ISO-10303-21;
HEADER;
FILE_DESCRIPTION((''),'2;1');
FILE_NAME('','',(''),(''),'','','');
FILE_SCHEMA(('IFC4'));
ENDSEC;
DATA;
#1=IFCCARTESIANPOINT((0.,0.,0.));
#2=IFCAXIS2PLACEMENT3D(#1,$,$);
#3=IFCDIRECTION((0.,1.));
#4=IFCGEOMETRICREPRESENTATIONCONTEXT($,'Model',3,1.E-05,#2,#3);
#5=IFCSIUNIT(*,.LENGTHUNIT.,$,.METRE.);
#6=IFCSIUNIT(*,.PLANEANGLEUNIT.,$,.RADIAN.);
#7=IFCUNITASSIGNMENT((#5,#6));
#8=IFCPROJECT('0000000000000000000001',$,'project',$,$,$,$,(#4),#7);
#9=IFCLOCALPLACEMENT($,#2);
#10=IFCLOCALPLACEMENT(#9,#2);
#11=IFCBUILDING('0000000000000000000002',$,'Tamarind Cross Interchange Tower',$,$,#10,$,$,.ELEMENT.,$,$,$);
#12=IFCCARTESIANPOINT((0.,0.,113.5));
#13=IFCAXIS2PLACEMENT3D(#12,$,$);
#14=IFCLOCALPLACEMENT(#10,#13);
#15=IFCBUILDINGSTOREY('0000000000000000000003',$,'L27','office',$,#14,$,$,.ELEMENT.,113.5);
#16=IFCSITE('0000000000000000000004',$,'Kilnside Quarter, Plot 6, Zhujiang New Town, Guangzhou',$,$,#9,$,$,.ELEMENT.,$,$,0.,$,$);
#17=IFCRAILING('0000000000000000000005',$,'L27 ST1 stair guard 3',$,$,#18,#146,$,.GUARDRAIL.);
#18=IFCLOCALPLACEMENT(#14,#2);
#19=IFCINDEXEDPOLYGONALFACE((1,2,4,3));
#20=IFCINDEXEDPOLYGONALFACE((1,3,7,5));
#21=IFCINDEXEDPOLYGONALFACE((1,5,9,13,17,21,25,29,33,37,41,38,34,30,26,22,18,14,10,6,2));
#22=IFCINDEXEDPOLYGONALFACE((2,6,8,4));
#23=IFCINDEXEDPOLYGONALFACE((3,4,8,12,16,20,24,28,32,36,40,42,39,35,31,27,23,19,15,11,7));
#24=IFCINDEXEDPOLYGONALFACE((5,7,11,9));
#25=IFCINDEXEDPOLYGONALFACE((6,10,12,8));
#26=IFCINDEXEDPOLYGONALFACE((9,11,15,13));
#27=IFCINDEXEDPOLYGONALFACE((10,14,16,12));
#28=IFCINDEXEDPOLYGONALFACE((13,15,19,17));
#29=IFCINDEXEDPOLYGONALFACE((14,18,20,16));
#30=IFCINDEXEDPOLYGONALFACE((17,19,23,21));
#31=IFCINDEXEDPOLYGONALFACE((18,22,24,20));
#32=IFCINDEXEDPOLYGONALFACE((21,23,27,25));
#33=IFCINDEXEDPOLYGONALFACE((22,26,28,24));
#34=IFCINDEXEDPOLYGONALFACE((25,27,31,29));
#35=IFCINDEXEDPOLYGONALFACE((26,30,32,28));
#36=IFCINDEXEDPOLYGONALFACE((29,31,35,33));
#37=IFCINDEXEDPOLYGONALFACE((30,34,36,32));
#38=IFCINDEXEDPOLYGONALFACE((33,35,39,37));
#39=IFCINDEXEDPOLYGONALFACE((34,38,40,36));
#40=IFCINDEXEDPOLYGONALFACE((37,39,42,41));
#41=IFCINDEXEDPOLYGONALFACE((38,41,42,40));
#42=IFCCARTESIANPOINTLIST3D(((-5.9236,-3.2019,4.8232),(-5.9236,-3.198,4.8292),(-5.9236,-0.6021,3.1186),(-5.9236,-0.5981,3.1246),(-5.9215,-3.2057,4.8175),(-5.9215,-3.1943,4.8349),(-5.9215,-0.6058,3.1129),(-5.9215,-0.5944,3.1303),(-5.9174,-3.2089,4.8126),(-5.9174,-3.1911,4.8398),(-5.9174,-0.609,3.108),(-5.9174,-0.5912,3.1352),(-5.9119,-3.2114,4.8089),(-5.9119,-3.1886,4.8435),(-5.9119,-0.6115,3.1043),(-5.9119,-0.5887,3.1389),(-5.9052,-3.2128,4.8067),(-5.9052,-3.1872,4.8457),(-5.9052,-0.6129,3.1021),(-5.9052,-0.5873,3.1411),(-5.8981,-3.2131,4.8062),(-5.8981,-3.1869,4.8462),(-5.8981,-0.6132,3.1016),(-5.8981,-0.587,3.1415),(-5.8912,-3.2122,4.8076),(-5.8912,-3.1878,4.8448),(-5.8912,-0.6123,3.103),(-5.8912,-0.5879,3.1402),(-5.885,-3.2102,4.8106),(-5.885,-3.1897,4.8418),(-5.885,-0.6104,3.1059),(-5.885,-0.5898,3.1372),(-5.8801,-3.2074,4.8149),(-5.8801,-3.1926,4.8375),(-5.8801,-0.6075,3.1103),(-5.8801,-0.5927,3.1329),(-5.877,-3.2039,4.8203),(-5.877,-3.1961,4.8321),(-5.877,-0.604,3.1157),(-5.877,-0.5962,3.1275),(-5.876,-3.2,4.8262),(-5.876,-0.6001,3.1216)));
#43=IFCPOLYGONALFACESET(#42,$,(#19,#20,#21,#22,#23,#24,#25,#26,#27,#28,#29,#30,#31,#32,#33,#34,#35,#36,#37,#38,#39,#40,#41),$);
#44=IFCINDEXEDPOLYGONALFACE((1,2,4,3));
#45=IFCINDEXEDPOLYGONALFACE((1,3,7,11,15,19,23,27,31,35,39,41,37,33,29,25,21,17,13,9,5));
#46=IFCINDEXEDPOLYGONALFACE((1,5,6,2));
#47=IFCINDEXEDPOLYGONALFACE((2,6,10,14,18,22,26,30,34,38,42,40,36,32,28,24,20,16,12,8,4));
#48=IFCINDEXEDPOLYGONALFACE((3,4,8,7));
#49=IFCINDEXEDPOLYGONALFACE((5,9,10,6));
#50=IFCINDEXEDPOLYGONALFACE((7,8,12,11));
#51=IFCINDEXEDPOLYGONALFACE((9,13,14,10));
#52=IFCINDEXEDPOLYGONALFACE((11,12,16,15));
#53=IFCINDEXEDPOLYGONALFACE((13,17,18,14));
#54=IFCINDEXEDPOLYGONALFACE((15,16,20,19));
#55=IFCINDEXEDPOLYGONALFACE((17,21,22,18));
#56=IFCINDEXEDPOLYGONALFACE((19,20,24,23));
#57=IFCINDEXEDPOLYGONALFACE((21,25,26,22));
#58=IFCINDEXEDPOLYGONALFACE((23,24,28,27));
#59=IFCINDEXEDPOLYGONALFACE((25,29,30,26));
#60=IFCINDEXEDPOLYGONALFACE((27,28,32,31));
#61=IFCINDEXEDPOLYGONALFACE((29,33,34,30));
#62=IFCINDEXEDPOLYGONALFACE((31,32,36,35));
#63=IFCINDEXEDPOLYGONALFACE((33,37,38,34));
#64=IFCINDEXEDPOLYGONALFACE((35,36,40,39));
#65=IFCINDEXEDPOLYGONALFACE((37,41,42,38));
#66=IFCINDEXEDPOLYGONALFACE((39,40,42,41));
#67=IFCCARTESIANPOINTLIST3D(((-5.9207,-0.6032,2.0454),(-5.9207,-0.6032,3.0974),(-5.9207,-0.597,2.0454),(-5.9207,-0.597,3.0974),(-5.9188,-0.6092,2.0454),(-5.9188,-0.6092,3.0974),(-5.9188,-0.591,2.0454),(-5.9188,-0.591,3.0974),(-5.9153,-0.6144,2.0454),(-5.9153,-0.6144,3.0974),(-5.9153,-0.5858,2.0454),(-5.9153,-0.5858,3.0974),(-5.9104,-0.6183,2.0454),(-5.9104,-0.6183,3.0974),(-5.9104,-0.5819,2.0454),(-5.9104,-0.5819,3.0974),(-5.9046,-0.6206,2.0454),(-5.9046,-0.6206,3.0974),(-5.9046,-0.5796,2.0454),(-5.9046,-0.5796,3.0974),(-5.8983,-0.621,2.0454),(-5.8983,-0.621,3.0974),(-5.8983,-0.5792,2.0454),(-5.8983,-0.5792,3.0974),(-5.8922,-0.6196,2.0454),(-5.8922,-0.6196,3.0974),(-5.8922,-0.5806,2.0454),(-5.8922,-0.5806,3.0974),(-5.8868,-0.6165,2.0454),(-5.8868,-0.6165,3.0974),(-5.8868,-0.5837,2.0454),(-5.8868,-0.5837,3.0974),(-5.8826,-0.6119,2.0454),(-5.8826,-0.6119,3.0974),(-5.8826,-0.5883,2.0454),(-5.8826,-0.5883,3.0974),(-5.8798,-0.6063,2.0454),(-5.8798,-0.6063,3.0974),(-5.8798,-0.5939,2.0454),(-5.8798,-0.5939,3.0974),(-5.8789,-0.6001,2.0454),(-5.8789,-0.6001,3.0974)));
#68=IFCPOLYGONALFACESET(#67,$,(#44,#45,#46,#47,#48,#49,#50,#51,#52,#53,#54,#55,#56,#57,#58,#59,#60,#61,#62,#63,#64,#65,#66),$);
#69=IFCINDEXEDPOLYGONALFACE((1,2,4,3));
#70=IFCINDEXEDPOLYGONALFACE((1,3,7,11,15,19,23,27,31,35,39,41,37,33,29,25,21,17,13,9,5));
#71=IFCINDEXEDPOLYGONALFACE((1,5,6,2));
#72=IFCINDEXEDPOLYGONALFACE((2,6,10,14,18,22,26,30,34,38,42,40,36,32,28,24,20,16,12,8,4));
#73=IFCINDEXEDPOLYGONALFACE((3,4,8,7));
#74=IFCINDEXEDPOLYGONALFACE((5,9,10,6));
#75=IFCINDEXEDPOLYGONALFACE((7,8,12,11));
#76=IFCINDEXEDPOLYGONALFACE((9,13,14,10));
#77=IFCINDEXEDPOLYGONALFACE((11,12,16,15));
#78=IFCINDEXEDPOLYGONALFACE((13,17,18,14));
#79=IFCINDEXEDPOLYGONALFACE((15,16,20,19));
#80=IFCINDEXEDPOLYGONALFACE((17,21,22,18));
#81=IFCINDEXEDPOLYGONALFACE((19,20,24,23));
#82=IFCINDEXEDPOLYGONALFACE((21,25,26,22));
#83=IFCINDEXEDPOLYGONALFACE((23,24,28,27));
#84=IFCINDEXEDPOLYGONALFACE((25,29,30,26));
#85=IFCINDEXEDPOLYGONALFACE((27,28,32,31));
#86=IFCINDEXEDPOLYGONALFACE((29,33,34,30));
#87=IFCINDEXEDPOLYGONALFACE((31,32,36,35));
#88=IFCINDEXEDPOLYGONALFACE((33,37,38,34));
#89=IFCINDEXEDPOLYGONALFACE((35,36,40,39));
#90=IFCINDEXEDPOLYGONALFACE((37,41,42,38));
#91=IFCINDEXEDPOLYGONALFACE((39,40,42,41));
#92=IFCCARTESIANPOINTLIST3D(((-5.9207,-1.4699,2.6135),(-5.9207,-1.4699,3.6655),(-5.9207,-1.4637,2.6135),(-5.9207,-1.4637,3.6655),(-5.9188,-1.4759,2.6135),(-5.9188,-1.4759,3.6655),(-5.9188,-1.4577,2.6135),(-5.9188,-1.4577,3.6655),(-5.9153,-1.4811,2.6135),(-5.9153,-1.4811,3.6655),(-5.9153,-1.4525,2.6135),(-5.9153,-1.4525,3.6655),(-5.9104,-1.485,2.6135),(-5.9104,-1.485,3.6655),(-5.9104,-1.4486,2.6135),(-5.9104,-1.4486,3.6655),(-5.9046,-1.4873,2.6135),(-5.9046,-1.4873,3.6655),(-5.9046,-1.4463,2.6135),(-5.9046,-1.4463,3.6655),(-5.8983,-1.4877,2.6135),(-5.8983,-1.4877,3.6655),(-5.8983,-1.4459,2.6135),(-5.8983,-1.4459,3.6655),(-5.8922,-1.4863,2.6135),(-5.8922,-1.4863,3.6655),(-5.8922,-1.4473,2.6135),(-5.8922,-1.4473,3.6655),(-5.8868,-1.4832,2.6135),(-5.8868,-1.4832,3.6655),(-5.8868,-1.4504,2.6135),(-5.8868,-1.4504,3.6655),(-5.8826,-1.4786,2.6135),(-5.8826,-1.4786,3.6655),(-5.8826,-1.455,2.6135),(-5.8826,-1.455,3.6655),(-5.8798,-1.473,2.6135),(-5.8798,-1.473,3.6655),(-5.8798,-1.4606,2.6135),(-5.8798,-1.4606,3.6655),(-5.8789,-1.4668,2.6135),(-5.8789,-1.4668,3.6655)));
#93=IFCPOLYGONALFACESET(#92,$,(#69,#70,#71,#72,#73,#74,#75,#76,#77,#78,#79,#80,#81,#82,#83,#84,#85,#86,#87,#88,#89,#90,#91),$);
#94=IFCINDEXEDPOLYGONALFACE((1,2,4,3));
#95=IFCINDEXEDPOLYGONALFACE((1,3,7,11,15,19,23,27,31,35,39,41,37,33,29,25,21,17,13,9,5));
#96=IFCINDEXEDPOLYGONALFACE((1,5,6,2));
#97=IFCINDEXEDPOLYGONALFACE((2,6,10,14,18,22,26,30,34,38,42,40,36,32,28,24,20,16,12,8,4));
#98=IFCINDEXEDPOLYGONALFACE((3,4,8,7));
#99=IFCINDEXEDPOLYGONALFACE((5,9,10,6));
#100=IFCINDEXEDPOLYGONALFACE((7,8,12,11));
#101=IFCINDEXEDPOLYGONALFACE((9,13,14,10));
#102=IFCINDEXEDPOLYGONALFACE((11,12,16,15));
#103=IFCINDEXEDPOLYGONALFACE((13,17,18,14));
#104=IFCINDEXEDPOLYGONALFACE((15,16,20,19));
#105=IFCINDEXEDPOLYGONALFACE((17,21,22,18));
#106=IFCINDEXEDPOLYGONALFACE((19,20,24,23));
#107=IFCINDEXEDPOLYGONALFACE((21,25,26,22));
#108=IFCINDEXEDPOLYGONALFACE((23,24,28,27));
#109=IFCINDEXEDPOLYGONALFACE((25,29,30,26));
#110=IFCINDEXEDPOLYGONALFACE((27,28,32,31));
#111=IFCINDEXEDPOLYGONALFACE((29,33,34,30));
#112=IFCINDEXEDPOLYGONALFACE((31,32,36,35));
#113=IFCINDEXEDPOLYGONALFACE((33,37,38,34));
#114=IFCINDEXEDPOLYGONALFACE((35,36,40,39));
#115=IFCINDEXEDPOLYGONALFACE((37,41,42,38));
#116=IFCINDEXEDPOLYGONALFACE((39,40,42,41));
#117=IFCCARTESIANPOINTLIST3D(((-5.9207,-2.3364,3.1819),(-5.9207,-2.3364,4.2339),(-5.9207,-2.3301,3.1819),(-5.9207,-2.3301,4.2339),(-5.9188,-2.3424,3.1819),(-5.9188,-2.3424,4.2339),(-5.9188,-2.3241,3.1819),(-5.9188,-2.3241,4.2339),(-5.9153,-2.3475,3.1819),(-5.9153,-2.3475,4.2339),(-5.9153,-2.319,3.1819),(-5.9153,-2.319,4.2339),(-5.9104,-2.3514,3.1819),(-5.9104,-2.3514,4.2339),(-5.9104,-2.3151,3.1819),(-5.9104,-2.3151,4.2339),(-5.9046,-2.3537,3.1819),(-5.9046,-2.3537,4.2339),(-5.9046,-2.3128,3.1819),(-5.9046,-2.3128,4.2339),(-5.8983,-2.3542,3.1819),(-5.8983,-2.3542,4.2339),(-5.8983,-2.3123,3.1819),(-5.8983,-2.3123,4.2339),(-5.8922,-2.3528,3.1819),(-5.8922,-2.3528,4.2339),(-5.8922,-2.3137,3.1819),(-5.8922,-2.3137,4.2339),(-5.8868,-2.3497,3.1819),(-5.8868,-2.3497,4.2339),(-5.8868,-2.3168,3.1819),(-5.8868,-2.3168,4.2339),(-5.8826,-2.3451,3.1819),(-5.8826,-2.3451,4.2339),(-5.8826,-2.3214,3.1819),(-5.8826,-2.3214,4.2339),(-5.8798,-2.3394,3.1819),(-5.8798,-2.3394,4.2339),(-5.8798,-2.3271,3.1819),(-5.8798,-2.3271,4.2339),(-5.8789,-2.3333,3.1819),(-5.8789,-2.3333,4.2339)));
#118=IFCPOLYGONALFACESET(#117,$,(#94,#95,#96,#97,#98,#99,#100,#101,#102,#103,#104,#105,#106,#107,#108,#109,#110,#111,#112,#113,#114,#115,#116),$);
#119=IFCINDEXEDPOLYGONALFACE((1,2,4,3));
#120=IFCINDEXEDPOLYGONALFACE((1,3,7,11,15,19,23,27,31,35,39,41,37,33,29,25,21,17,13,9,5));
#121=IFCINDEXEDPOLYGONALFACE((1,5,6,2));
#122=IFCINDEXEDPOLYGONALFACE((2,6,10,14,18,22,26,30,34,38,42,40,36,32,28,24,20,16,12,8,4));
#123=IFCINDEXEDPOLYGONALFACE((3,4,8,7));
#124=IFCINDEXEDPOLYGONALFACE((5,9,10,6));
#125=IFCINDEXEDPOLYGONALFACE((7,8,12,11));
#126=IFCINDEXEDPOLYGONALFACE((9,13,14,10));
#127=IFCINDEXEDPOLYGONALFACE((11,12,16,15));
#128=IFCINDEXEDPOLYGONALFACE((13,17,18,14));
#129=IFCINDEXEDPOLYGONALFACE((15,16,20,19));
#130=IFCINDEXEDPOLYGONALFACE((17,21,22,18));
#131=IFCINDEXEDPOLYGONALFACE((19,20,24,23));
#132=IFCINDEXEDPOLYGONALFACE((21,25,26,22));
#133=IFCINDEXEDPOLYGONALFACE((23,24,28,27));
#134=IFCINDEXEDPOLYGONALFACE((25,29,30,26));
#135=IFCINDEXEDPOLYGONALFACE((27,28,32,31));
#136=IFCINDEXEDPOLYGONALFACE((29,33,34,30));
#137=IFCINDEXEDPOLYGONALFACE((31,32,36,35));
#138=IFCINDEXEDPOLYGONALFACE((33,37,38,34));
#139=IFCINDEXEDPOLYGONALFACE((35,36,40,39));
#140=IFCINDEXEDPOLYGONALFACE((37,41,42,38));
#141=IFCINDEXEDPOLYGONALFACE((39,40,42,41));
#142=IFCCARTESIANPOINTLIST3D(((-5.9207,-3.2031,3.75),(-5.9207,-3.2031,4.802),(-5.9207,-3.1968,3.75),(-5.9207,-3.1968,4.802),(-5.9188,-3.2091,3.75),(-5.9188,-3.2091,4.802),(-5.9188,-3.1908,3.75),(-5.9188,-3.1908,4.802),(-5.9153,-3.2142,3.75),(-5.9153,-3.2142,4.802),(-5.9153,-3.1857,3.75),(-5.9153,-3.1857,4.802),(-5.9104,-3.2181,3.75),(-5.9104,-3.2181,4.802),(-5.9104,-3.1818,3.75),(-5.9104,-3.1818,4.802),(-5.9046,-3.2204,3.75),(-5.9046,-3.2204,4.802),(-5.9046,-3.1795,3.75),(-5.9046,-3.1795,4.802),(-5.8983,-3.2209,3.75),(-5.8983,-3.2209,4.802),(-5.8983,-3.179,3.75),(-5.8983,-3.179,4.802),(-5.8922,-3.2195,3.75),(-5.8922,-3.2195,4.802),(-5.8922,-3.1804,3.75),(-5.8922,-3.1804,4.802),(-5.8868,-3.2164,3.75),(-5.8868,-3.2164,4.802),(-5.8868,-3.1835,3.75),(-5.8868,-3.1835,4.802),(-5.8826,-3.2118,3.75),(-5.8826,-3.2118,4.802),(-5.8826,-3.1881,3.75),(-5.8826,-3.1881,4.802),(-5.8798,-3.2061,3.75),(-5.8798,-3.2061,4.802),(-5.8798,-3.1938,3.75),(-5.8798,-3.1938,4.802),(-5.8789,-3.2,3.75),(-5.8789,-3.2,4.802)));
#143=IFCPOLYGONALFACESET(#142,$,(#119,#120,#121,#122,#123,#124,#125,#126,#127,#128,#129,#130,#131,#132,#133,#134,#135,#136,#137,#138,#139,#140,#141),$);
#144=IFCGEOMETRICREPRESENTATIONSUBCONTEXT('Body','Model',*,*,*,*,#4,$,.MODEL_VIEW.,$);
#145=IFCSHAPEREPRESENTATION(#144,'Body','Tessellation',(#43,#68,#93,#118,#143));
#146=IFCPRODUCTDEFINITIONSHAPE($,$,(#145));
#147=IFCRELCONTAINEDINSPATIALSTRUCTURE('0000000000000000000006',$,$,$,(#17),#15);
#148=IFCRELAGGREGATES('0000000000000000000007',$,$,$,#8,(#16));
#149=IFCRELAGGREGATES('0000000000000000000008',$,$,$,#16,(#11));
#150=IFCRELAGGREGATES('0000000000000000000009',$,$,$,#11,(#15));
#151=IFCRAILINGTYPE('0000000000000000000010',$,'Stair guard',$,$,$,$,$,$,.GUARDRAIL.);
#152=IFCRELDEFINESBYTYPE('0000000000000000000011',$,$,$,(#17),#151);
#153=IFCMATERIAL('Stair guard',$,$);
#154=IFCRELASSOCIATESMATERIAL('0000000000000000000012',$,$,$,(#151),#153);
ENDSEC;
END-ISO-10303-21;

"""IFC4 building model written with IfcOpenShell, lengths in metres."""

from ifc_helpers import new_model, si_unit, direction, frame, origin, origin_2d, place, context, subcontext, project, spatial, circle, extrude, material, type_object, element, save


model = new_model("IFC4")

# Units and contexts
model_context = context("Model", 3, precision=1e-05, world=origin(), true_north=direction((0.0, 1.0)))
body_context = subcontext(model_context, "Body", "Model", "MODEL_VIEW")
ifc_project = project(units=[si_unit("LENGTHUNIT", "METRE"), si_unit("PLANEANGLEUNIT", "RADIAN")], contexts=[model_context])

# Site, building, storey
site_placement = place(None, origin())
site = spatial("IfcSite", under=ifc_project, at=site_placement, Name="Kilnside Quarter, Plot 6, Zhujiang New Town, Guangzhou", CompositionType="ELEMENT", RefElevation=0.0)
building_placement = place(site_placement, origin())
building = spatial("IfcBuilding", under=site, at=building_placement, Name="Tamarind Cross Interchange Tower", CompositionType="ELEMENT")
storey_placement = place(building_placement, frame((0.0, 0.0, 113.5)))
storey = spatial("IfcBuildingStorey", under=building, at=storey_placement, Name="L27", Description="office", CompositionType="ELEMENT", Elevation=113.5)

# Railing
ifc_material_1 = material(Name="Stair guard")
railing_type_1 = type_object("IfcRailingType", Name="Stair guard", PredefinedType="GUARDRAIL", material=ifc_material_1)
railing_1_placement = place(storey_placement, frame((-5.8999, -0.6001, 2.0454)))
element("IfcRailing", 1, at=railing_1_placement, inside=storey, type_object=railing_type_1, Name="L27 ST1 stair guard 3", PredefinedType="GUARDRAIL", context=body_context, shape_type="SweptSolid", body=[
    extrude(circle(Radius=0.0239, at=origin_2d()), frame((0.0, 0.0, 1.0762), z_axis=(0.0, -0.836279, 0.548305), x_axis=(1.0, 0.0, 0.0)), (0.0, 0.0, 1.0), 3.1089),
    extrude(circle(Radius=0.021, at=origin_2d()), origin(), (0.0, 0.0, 1.0), 1.052),
    extrude(circle(Radius=0.021, at=origin_2d()), frame((0.0, -0.8667, 0.5681)), (0.0, 0.0, 1.0), 1.052),
    extrude(circle(Radius=0.021, at=origin_2d()), frame((0.0, -1.7332, 1.1365)), (0.0, 0.0, 1.0), 1.052),
    extrude(circle(Radius=0.021, at=origin_2d()), frame((0.0, -2.5999, 1.7046)), (0.0, 0.0, 1.0), 1.052),
])

save(model, "model.ifc")
